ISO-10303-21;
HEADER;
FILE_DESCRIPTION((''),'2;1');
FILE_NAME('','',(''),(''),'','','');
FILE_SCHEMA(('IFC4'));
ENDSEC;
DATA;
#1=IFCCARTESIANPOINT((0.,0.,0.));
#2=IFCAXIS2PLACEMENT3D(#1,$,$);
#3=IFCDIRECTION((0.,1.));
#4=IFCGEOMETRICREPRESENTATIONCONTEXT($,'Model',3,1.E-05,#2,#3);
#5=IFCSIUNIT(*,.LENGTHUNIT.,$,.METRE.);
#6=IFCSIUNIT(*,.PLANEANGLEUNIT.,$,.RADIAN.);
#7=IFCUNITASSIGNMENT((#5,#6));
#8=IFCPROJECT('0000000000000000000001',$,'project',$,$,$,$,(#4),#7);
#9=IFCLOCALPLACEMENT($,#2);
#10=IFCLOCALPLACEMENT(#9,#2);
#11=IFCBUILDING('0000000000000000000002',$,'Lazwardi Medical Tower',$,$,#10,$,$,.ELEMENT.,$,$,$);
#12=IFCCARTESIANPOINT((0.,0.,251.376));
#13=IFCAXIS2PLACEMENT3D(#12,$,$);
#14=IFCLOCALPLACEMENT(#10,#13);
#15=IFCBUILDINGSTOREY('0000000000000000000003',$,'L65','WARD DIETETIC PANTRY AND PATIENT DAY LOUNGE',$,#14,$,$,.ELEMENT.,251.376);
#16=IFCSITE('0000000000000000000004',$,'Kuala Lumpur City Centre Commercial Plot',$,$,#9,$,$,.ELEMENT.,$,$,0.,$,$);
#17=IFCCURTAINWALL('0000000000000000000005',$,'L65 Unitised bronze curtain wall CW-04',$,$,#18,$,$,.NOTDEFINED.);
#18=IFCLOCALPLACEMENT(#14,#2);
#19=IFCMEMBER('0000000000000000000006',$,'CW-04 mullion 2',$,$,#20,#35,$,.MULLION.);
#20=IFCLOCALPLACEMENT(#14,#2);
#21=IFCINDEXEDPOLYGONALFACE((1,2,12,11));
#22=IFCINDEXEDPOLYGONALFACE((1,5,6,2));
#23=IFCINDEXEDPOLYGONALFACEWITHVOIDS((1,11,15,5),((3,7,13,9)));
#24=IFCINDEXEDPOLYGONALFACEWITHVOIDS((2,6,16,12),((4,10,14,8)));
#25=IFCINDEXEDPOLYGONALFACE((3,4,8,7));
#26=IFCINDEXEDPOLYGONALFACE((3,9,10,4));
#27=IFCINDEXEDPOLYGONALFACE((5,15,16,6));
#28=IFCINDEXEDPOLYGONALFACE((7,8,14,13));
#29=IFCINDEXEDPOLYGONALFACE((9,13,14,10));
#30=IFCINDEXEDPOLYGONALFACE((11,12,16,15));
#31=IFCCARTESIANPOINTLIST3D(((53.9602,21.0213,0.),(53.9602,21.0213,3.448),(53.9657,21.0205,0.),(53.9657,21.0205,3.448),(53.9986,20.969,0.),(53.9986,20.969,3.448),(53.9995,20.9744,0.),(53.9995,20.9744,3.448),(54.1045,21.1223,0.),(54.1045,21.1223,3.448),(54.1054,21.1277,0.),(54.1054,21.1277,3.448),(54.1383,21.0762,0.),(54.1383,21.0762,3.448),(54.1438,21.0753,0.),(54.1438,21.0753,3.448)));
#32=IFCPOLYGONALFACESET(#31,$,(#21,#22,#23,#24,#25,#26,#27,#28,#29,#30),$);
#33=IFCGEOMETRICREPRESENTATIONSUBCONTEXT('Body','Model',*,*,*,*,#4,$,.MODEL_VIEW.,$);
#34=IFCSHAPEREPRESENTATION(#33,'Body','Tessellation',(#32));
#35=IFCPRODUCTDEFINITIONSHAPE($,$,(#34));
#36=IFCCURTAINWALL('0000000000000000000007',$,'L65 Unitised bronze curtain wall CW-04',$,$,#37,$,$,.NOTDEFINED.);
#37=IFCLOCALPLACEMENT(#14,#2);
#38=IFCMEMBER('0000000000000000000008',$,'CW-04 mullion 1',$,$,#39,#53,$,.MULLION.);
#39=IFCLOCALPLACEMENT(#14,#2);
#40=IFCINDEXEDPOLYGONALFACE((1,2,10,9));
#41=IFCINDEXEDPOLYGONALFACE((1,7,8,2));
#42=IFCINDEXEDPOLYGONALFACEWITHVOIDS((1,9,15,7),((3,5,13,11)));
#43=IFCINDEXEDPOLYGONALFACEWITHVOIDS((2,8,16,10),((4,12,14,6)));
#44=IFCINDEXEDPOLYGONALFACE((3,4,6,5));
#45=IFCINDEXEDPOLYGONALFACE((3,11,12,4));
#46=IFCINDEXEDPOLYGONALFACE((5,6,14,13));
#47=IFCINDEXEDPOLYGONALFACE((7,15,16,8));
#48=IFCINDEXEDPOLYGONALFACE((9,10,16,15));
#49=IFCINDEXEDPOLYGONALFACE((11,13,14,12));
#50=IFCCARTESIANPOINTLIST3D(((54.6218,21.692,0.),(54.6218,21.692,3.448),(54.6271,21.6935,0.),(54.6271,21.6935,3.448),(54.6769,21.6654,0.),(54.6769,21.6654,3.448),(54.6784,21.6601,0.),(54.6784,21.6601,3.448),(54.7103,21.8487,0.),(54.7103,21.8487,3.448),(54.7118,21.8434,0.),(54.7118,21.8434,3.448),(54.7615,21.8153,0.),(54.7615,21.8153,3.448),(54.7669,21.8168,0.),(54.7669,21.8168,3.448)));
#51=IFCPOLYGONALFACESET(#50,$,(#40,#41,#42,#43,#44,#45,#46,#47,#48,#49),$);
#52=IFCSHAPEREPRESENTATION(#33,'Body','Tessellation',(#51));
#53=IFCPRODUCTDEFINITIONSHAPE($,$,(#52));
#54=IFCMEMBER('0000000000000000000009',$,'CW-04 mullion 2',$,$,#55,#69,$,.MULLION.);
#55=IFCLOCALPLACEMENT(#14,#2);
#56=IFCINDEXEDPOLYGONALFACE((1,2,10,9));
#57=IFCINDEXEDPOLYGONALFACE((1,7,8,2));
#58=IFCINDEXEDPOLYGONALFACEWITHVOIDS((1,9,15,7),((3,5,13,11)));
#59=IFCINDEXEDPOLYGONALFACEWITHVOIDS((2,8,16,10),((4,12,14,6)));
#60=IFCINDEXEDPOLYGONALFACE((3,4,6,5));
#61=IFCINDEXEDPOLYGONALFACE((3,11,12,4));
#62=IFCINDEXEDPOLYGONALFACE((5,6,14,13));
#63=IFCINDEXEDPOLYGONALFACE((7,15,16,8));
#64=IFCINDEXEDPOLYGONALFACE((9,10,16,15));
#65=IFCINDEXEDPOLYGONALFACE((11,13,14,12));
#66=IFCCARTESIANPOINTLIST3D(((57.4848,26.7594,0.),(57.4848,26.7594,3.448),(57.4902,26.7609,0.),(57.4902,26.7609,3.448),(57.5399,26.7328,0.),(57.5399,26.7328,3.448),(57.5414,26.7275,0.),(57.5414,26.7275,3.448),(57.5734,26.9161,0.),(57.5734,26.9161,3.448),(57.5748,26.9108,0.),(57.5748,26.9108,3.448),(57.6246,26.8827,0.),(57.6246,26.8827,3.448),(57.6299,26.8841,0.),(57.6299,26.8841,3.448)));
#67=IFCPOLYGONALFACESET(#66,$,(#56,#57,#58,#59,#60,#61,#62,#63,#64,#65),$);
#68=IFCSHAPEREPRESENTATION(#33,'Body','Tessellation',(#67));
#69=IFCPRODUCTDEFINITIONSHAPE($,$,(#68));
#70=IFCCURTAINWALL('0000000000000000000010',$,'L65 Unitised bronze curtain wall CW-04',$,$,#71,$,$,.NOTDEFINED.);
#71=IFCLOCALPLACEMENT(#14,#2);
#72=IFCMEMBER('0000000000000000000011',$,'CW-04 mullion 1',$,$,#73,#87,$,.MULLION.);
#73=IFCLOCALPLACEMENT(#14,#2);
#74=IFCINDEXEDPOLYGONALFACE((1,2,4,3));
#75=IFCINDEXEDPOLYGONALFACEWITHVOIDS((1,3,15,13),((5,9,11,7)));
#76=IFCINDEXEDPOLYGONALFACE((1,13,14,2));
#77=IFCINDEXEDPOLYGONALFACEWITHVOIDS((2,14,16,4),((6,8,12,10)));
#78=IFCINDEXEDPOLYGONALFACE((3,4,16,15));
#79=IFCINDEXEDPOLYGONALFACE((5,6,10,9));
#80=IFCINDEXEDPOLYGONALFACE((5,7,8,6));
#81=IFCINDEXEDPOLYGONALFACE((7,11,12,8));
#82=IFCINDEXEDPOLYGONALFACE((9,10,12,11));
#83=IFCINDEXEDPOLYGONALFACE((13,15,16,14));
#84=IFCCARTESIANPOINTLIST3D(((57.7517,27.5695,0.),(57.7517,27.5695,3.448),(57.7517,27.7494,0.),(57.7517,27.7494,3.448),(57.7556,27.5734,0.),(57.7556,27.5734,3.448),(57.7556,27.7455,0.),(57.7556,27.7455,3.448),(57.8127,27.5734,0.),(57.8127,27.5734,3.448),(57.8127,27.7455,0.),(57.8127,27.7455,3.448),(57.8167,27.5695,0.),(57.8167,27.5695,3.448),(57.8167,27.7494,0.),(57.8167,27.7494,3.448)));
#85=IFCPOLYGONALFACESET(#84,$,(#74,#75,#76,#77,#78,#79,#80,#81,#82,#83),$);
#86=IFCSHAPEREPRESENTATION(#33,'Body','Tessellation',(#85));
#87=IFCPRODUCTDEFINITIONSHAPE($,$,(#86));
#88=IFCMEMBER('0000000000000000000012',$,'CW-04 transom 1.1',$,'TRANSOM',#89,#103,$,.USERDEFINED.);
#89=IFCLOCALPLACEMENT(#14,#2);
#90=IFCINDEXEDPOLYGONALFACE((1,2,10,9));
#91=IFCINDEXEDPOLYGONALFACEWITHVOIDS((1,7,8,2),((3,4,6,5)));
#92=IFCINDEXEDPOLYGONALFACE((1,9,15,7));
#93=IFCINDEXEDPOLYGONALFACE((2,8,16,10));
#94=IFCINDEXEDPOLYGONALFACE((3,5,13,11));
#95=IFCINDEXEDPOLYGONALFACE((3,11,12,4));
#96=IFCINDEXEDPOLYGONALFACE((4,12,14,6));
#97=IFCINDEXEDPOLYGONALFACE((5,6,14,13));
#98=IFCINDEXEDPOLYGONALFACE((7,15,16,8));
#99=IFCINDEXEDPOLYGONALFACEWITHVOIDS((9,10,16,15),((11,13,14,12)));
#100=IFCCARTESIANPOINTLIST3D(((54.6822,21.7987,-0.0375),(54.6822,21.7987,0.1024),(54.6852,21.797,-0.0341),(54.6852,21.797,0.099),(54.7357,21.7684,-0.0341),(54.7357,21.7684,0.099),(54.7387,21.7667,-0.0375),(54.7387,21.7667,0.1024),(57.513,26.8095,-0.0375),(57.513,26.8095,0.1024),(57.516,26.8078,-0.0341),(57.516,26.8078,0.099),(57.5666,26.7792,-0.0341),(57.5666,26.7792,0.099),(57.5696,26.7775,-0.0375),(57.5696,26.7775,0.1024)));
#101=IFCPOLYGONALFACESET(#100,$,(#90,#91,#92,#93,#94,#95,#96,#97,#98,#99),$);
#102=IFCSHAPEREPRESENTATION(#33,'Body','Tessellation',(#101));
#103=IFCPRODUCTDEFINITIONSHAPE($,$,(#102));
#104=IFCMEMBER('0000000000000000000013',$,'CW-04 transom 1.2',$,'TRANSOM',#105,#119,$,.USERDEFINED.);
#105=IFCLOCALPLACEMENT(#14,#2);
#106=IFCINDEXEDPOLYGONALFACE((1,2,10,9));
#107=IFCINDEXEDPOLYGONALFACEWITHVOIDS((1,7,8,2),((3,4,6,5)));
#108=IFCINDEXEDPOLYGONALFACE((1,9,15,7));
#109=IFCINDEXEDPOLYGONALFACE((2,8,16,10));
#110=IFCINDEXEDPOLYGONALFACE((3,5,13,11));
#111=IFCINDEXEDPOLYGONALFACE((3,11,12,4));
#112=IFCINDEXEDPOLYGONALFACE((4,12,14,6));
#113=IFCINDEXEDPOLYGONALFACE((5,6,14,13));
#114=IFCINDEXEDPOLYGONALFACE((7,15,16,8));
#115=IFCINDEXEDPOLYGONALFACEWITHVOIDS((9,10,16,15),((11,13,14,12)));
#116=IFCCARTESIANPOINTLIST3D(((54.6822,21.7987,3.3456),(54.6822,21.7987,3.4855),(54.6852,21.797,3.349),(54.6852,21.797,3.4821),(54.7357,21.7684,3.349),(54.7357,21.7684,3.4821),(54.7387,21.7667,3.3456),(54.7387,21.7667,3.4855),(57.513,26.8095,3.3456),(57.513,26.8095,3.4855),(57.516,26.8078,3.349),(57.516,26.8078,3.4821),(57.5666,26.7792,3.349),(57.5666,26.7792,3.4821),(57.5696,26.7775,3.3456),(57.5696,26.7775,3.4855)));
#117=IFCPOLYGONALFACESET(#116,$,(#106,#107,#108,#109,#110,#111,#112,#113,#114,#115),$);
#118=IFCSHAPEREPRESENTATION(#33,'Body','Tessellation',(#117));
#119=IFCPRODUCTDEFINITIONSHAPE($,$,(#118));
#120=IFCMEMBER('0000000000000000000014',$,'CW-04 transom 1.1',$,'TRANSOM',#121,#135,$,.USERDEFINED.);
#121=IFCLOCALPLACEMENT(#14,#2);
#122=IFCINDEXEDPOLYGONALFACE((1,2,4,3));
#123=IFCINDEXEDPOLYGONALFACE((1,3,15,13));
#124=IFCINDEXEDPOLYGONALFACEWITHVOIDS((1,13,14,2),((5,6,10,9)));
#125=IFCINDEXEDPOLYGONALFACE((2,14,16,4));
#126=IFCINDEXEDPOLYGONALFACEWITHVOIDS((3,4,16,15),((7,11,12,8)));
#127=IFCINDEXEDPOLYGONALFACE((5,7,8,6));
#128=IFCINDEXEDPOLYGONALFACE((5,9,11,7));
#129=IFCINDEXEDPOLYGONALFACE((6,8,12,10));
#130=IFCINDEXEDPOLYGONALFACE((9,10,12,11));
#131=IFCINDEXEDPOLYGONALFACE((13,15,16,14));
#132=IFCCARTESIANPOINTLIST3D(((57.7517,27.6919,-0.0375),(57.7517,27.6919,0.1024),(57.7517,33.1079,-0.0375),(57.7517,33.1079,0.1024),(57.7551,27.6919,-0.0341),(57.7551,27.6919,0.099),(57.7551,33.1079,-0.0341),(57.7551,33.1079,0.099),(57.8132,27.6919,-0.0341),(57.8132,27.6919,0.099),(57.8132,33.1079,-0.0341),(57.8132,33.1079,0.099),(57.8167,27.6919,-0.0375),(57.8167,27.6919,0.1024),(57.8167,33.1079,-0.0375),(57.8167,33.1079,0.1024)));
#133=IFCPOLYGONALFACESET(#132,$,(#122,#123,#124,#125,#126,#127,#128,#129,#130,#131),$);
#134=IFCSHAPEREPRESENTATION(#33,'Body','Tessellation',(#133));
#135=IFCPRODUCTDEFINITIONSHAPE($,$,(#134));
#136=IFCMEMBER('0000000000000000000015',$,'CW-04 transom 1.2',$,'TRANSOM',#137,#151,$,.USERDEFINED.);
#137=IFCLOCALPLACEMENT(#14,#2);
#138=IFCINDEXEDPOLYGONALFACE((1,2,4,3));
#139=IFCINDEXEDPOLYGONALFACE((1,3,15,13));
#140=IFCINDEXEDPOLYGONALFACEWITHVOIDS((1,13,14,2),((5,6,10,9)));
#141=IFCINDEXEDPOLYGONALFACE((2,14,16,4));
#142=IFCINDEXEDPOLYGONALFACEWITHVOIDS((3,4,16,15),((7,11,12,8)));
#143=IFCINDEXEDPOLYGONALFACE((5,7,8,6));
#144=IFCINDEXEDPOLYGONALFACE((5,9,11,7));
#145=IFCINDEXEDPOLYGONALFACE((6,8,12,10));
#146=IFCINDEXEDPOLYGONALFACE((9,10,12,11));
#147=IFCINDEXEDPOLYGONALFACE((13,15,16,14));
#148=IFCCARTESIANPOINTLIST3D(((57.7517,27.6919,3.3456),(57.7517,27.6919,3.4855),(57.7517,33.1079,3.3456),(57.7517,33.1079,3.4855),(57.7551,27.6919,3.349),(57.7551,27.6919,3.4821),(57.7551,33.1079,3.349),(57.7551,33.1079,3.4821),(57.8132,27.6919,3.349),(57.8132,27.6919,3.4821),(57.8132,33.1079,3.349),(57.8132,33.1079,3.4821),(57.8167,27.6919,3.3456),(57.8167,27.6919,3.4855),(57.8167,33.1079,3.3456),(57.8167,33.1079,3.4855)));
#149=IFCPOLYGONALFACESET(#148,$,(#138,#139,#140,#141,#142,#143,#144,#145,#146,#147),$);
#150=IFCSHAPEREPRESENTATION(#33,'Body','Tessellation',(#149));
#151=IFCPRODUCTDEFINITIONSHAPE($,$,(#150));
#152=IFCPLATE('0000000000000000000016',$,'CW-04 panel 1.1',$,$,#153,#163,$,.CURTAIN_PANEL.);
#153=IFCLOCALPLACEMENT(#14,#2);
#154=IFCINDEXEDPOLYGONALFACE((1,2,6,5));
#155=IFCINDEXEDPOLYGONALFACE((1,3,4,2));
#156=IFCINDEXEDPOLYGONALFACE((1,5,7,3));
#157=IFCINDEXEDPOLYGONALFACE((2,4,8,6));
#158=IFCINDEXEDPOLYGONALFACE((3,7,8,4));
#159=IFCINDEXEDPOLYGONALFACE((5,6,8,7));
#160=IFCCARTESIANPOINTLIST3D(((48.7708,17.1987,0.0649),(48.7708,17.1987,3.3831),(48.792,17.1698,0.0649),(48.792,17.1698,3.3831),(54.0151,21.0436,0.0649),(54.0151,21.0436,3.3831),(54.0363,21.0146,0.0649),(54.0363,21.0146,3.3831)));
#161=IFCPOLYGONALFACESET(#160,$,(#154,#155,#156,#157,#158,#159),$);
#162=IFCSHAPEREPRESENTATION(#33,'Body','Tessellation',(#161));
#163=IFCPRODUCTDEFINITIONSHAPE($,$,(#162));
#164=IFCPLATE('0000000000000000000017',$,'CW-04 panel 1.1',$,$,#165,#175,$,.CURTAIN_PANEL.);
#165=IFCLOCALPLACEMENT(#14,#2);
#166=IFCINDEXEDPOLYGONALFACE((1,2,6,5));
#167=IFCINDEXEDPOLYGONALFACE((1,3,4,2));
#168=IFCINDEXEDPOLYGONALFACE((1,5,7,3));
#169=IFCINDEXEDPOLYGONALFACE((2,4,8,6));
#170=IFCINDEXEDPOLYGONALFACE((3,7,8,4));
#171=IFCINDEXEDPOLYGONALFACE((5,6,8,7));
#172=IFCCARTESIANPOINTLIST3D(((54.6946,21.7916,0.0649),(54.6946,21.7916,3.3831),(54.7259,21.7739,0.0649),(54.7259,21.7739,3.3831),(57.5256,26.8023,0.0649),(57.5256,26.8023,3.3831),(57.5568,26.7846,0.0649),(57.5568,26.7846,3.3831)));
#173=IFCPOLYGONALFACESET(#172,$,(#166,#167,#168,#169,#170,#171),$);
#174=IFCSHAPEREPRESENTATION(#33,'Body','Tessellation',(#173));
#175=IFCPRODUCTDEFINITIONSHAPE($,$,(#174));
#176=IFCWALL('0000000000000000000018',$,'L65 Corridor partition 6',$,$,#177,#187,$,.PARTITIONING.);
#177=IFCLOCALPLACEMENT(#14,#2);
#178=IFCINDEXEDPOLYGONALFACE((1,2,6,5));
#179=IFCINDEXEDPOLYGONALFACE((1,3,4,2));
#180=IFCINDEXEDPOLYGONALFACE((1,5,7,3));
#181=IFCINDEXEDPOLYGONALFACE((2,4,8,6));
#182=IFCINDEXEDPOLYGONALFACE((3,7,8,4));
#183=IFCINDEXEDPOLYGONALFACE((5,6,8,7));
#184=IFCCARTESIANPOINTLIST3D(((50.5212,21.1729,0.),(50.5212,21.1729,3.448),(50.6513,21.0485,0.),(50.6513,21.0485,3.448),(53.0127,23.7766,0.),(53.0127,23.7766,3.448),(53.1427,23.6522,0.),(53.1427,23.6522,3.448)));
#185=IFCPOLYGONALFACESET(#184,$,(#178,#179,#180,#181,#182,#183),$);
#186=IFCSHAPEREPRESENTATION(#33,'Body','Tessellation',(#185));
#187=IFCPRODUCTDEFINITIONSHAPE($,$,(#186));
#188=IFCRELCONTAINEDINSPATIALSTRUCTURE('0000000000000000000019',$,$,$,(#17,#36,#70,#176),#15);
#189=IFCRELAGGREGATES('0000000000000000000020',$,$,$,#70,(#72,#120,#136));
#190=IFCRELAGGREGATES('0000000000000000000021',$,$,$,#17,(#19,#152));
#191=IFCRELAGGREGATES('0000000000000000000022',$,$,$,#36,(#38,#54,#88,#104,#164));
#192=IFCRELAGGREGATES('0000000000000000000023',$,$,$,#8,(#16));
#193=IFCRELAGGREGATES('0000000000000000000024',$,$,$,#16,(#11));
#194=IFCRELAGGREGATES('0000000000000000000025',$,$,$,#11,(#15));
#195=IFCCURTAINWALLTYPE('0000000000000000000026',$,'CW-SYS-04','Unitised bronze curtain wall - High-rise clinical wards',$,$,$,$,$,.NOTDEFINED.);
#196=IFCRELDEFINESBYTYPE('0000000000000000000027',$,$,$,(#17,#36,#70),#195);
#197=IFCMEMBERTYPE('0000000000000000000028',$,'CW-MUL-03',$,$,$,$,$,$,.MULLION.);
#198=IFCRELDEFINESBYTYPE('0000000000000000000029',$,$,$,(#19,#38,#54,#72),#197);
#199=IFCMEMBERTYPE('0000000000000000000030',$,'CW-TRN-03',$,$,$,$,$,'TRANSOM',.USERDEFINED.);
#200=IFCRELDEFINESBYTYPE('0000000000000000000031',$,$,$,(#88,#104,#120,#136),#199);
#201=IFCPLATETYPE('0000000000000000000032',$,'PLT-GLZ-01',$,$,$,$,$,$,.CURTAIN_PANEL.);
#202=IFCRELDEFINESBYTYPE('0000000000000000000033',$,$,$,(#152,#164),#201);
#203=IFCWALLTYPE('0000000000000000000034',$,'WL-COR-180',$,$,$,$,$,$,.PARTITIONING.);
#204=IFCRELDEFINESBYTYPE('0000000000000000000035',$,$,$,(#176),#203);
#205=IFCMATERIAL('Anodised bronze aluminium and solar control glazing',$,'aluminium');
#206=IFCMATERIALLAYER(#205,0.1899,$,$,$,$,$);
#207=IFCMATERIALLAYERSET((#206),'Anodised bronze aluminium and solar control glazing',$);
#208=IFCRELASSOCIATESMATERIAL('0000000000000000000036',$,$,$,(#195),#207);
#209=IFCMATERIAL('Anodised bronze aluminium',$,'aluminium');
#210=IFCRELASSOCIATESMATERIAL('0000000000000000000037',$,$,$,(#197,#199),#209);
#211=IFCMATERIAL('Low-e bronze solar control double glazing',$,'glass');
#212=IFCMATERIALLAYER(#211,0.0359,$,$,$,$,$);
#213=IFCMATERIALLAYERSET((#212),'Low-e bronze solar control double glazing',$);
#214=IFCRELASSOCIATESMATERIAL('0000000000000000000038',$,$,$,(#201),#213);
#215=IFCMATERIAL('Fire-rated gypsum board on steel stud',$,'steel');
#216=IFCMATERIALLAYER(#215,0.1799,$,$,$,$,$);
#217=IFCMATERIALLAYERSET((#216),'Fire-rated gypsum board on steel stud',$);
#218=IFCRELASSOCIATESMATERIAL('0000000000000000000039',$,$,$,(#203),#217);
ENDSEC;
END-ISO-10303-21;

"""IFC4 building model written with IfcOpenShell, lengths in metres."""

from ifc_helpers import new_model, si_unit, direction, frame, frame_2d, origin, origin_2d, place, context, subcontext, project, spatial, rectangle, hollow_rectangle, extrude, material, layer, layer_set, material_profile, profile_set, type_object, element, aggregate, save


model = new_model("IFC4")

# Units and contexts
model_context = context("Model", 3, precision=1e-05, world=origin(), true_north=direction((0.0, 1.0)))
body_context = subcontext(model_context, "Body", "Model", "MODEL_VIEW")
ifc_project = project(units=[si_unit("LENGTHUNIT", "METRE"), si_unit("PLANEANGLEUNIT", "RADIAN")], contexts=[model_context])

# Site, building, storey
site_placement = place(None, origin())
site = spatial("IfcSite", under=ifc_project, at=site_placement, Name="Kuala Lumpur City Centre Commercial Plot", CompositionType="ELEMENT", RefElevation=0.0)
building_placement = place(site_placement, origin())
building = spatial("IfcBuilding", under=site, at=building_placement, Name="Lazwardi Medical Tower", CompositionType="ELEMENT")
storey_placement = place(building_placement, frame((0.0, 0.0, 251.376)))
storey = spatial("IfcBuildingStorey", under=building, at=storey_placement, Name="L65", Description="WARD DIETETIC PANTRY AND PATIENT DAY LOUNGE", CompositionType="ELEMENT", Elevation=251.376)

# Curtain wall, member
ifc_material_1 = material(Name="Anodised bronze aluminium and solar control glazing", Category="aluminium")
ifc_layer_1 = layer(ifc_material_1, 0.1899)
ifc_layer_set_1 = layer_set([ifc_layer_1], Name="Anodised bronze aluminium and solar control glazing")
curtain_wall_type = type_object("IfcCurtainWallType", Name="CW-SYS-04", Description="Unitised bronze curtain wall - High-rise clinical wards", PredefinedType="NOTDEFINED", material=ifc_layer_set_1)
curtain_wall_1_placement = place(storey_placement, origin())
curtain_wall_1 = element("IfcCurtainWall", 1, at=curtain_wall_1_placement, inside=storey, type_object=curtain_wall_type, Name="L65 Unitised bronze curtain wall CW-04", PredefinedType="NOTDEFINED")
ifc_material_2 = material(Name="Anodised bronze aluminium", Category="aluminium")
ifc_material_profile_1 = material_profile(ifc_material_2, hollow_rectangle(XDim=0.0649, YDim=0.1799, WallThickness=0.0039, at=origin_2d()), Name="ALU-MULLION 180x65x4")
ifc_profile_set_1 = profile_set([ifc_material_profile_1], Name="Anodised bronze aluminium")
member_type_1 = type_object("IfcMemberType", Name="CW-MUL-03", PredefinedType="MULLION", material=ifc_profile_set_1)
member_1_placement = place(storey_placement, frame((54.052, 21.0483, 0.0), z_axis=(0.0, 0.0, 1.0), x_axis=(-0.591268, 0.806475, 0.0)))
member_1 = element("IfcMember", 2, at=member_1_placement, type_object=member_type_1, Name="CW-04 mullion 2", PredefinedType="MULLION", context=body_context, shape_type="SweptSolid", body=[
    extrude(hollow_rectangle(XDim=0.0649, YDim=0.1799, WallThickness=0.0039, at=origin_2d()), origin(), (0.0, 0.0, 1.0), 3.448),
])

# Curtain wall, members
curtain_wall_2_placement = place(storey_placement, origin())
curtain_wall_2 = element("IfcCurtainWall", 3, at=curtain_wall_2_placement, inside=storey, type_object=curtain_wall_type, Name="L65 Unitised bronze curtain wall CW-04", PredefinedType="NOTDEFINED")
member_2_placement = place(storey_placement, frame((54.6943, 21.7544, 0.0), z_axis=(0.0, 0.0, 1.0), x_axis=(-0.870651, 0.4919, 0.0)))
member_2 = element("IfcMember", 4, at=member_2_placement, type_object=member_type_1, Name="CW-04 mullion 1", PredefinedType="MULLION", context=body_context, shape_type="SweptSolid", body=[
    extrude(hollow_rectangle(XDim=0.0649, YDim=0.1799, WallThickness=0.0039, at=origin_2d()), origin(), (0.0, 0.0, 1.0), 3.448),
])
member_3_placement = place(storey_placement, frame((57.5574, 26.8218, 0.0), z_axis=(0.0, 0.0, 1.0), x_axis=(-0.870651, 0.4919, 0.0)))
member_3 = element("IfcMember", 5, at=member_3_placement, type_object=member_type_1, Name="CW-04 mullion 2", PredefinedType="MULLION", context=body_context, shape_type="SweptSolid", body=[
    extrude(hollow_rectangle(XDim=0.0649, YDim=0.1799, WallThickness=0.0039, at=origin_2d()), origin(), (0.0, 0.0, 1.0), 3.448),
])

# Curtain wall, member
curtain_wall_3_placement = place(storey_placement, origin())
curtain_wall_3 = element("IfcCurtainWall", 6, at=curtain_wall_3_placement, inside=storey, type_object=curtain_wall_type, Name="L65 Unitised bronze curtain wall CW-04", PredefinedType="NOTDEFINED")
member_4_placement = place(storey_placement, frame((57.7842, 27.6594, 0.0), z_axis=(0.0, 0.0, 1.0), x_axis=(-1.0, 0.0, 0.0)))
member_4 = element("IfcMember", 7, at=member_4_placement, type_object=member_type_1, Name="CW-04 mullion 1", PredefinedType="MULLION", context=body_context, shape_type="SweptSolid", body=[
    extrude(hollow_rectangle(XDim=0.0649, YDim=0.1799, WallThickness=0.0039, at=origin_2d()), origin(), (0.0, 0.0, 1.0), 3.448),
])

# Members
ifc_material_profile_2 = material_profile(ifc_material_2, hollow_rectangle(XDim=0.0649, YDim=0.1399, WallThickness=0.0034, at=origin_2d()), Name="ALU-TRANSOM 140x65x3.5")
ifc_profile_set_2 = profile_set([ifc_material_profile_2], Name="Anodised bronze aluminium")
member_type_2 = type_object("IfcMemberType", Name="CW-TRN-03", ElementType="TRANSOM", PredefinedType="USERDEFINED", material=ifc_profile_set_2)
member_5_placement = place(storey_placement, frame((54.7104, 21.7827, 0.0325), z_axis=(0.49188, 0.870663, 0.0), x_axis=(-0.870663, 0.49188, 0.0)))
member_5 = element("IfcMember", 8, at=member_5_placement, type_object=member_type_2, Name="CW-04 transom 1.1", ObjectType="TRANSOM", PredefinedType="USERDEFINED", context=body_context, shape_type="SweptSolid", body=[
    extrude(hollow_rectangle(XDim=0.0649, YDim=0.1399, WallThickness=0.0034, at=origin_2d()), origin(), (0.0, 0.0, 1.0), 5.7551),
])
member_6_placement = place(storey_placement, frame((54.7104, 21.7827, 3.4155), z_axis=(0.49188, 0.870663, 0.0), x_axis=(-0.870663, 0.49188, 0.0)))
member_6 = element("IfcMember", 9, at=member_6_placement, type_object=member_type_2, Name="CW-04 transom 1.2", ObjectType="TRANSOM", PredefinedType="USERDEFINED", context=body_context, shape_type="SweptSolid", body=[
    extrude(hollow_rectangle(XDim=0.0649, YDim=0.1399, WallThickness=0.0034, at=origin_2d()), origin(), (0.0, 0.0, 1.0), 5.7551),
])
member_7_placement = place(storey_placement, frame((57.7842, 27.6919, 0.0325), z_axis=(0.0, 1.0, 0.0), x_axis=(-1.0, 0.0, 0.0)))
member_7 = element("IfcMember", 10, at=member_7_placement, type_object=member_type_2, Name="CW-04 transom 1.1", ObjectType="TRANSOM", PredefinedType="USERDEFINED", context=body_context, shape_type="SweptSolid", body=[
    extrude(hollow_rectangle(XDim=0.0649, YDim=0.1399, WallThickness=0.0034, at=origin_2d()), origin(), (0.0, 0.0, 1.0), 5.416),
])
member_8_placement = place(storey_placement, frame((57.7842, 27.6919, 3.4155), z_axis=(0.0, 1.0, 0.0), x_axis=(-1.0, 0.0, 0.0)))
member_8 = element("IfcMember", 11, at=member_8_placement, type_object=member_type_2, Name="CW-04 transom 1.2", ObjectType="TRANSOM", PredefinedType="USERDEFINED", context=body_context, shape_type="SweptSolid", body=[
    extrude(hollow_rectangle(XDim=0.0649, YDim=0.1399, WallThickness=0.0034, at=origin_2d()), origin(), (0.0, 0.0, 1.0), 5.416),
])
aggregate(curtain_wall_3, [member_4, member_7, member_8])

# Plates
ifc_material_3 = material(Name="Low-e bronze solar control double glazing", Category="glass")
ifc_layer_2 = layer(ifc_material_3, 0.0359)
ifc_layer_set_2 = layer_set([ifc_layer_2], Name="Low-e bronze solar control double glazing")
plate_type = type_object("IfcPlateType", Name="PLT-GLZ-01", PredefinedType="CURTAIN_PANEL", material=ifc_layer_set_2)
plate_1_placement = place(storey_placement, frame((51.4036, 19.1067, 0.0649), z_axis=(0.0, 0.0, 1.0), x_axis=(0.806475, 0.591268, 0.0)))
plate_1 = element("IfcPlate", 12, at=plate_1_placement, type_object=plate_type, Name="CW-04 panel 1.1", PredefinedType="CURTAIN_PANEL", context=body_context, shape_type="SweptSolid", body=[
    extrude(rectangle(XDim=6.5027, YDim=0.0359, at=origin_2d()), origin(), (0.0, 0.0, 1.0), 3.3181),
])
aggregate(curtain_wall_1, [member_1, plate_1])
plate_2_placement = place(storey_placement, frame((56.1257, 24.2881, 0.0649), z_axis=(0.0, 0.0, 1.0), x_axis=(0.4919, 0.870651, 0.0)))
plate_2 = element("IfcPlate", 13, at=plate_2_placement, type_object=plate_type, Name="CW-04 panel 1.1", PredefinedType="CURTAIN_PANEL", context=body_context, shape_type="SweptSolid", body=[
    extrude(rectangle(XDim=5.7551, YDim=0.0359, at=origin_2d()), origin(), (0.0, 0.0, 1.0), 3.3181),
])
aggregate(curtain_wall_2, [member_2, member_3, member_5, member_6, plate_2])

# Wall
ifc_material_4 = material(Name="Fire-rated gypsum board on steel stud", Category="steel")
ifc_layer_3 = layer(ifc_material_4, 0.1799)
ifc_layer_set_3 = layer_set([ifc_layer_3], Name="Fire-rated gypsum board on steel stud")
wall_type_1 = type_object("IfcWallType", Name="WL-COR-180", PredefinedType="PARTITIONING", material=ifc_layer_set_3)
wall_1_placement = place(storey_placement, frame((53.0776, 23.7144, 0.0), z_axis=(0.0, 0.0, 1.0), x_axis=(-0.691353, -0.722517, 0.0)))
element("IfcWall", 14, at=wall_1_placement, inside=storey, type_object=wall_type_1, Name="L65 Corridor partition 6", PredefinedType="PARTITIONING", context=body_context, shape_type="SweptSolid", body=[
    extrude(rectangle(XDim=3.6038, YDim=0.1799, at=frame_2d((1.8018, 0.0))), origin(), (0.0, 0.0, 1.0), 3.448),
])

save(model, "model.ifc")
